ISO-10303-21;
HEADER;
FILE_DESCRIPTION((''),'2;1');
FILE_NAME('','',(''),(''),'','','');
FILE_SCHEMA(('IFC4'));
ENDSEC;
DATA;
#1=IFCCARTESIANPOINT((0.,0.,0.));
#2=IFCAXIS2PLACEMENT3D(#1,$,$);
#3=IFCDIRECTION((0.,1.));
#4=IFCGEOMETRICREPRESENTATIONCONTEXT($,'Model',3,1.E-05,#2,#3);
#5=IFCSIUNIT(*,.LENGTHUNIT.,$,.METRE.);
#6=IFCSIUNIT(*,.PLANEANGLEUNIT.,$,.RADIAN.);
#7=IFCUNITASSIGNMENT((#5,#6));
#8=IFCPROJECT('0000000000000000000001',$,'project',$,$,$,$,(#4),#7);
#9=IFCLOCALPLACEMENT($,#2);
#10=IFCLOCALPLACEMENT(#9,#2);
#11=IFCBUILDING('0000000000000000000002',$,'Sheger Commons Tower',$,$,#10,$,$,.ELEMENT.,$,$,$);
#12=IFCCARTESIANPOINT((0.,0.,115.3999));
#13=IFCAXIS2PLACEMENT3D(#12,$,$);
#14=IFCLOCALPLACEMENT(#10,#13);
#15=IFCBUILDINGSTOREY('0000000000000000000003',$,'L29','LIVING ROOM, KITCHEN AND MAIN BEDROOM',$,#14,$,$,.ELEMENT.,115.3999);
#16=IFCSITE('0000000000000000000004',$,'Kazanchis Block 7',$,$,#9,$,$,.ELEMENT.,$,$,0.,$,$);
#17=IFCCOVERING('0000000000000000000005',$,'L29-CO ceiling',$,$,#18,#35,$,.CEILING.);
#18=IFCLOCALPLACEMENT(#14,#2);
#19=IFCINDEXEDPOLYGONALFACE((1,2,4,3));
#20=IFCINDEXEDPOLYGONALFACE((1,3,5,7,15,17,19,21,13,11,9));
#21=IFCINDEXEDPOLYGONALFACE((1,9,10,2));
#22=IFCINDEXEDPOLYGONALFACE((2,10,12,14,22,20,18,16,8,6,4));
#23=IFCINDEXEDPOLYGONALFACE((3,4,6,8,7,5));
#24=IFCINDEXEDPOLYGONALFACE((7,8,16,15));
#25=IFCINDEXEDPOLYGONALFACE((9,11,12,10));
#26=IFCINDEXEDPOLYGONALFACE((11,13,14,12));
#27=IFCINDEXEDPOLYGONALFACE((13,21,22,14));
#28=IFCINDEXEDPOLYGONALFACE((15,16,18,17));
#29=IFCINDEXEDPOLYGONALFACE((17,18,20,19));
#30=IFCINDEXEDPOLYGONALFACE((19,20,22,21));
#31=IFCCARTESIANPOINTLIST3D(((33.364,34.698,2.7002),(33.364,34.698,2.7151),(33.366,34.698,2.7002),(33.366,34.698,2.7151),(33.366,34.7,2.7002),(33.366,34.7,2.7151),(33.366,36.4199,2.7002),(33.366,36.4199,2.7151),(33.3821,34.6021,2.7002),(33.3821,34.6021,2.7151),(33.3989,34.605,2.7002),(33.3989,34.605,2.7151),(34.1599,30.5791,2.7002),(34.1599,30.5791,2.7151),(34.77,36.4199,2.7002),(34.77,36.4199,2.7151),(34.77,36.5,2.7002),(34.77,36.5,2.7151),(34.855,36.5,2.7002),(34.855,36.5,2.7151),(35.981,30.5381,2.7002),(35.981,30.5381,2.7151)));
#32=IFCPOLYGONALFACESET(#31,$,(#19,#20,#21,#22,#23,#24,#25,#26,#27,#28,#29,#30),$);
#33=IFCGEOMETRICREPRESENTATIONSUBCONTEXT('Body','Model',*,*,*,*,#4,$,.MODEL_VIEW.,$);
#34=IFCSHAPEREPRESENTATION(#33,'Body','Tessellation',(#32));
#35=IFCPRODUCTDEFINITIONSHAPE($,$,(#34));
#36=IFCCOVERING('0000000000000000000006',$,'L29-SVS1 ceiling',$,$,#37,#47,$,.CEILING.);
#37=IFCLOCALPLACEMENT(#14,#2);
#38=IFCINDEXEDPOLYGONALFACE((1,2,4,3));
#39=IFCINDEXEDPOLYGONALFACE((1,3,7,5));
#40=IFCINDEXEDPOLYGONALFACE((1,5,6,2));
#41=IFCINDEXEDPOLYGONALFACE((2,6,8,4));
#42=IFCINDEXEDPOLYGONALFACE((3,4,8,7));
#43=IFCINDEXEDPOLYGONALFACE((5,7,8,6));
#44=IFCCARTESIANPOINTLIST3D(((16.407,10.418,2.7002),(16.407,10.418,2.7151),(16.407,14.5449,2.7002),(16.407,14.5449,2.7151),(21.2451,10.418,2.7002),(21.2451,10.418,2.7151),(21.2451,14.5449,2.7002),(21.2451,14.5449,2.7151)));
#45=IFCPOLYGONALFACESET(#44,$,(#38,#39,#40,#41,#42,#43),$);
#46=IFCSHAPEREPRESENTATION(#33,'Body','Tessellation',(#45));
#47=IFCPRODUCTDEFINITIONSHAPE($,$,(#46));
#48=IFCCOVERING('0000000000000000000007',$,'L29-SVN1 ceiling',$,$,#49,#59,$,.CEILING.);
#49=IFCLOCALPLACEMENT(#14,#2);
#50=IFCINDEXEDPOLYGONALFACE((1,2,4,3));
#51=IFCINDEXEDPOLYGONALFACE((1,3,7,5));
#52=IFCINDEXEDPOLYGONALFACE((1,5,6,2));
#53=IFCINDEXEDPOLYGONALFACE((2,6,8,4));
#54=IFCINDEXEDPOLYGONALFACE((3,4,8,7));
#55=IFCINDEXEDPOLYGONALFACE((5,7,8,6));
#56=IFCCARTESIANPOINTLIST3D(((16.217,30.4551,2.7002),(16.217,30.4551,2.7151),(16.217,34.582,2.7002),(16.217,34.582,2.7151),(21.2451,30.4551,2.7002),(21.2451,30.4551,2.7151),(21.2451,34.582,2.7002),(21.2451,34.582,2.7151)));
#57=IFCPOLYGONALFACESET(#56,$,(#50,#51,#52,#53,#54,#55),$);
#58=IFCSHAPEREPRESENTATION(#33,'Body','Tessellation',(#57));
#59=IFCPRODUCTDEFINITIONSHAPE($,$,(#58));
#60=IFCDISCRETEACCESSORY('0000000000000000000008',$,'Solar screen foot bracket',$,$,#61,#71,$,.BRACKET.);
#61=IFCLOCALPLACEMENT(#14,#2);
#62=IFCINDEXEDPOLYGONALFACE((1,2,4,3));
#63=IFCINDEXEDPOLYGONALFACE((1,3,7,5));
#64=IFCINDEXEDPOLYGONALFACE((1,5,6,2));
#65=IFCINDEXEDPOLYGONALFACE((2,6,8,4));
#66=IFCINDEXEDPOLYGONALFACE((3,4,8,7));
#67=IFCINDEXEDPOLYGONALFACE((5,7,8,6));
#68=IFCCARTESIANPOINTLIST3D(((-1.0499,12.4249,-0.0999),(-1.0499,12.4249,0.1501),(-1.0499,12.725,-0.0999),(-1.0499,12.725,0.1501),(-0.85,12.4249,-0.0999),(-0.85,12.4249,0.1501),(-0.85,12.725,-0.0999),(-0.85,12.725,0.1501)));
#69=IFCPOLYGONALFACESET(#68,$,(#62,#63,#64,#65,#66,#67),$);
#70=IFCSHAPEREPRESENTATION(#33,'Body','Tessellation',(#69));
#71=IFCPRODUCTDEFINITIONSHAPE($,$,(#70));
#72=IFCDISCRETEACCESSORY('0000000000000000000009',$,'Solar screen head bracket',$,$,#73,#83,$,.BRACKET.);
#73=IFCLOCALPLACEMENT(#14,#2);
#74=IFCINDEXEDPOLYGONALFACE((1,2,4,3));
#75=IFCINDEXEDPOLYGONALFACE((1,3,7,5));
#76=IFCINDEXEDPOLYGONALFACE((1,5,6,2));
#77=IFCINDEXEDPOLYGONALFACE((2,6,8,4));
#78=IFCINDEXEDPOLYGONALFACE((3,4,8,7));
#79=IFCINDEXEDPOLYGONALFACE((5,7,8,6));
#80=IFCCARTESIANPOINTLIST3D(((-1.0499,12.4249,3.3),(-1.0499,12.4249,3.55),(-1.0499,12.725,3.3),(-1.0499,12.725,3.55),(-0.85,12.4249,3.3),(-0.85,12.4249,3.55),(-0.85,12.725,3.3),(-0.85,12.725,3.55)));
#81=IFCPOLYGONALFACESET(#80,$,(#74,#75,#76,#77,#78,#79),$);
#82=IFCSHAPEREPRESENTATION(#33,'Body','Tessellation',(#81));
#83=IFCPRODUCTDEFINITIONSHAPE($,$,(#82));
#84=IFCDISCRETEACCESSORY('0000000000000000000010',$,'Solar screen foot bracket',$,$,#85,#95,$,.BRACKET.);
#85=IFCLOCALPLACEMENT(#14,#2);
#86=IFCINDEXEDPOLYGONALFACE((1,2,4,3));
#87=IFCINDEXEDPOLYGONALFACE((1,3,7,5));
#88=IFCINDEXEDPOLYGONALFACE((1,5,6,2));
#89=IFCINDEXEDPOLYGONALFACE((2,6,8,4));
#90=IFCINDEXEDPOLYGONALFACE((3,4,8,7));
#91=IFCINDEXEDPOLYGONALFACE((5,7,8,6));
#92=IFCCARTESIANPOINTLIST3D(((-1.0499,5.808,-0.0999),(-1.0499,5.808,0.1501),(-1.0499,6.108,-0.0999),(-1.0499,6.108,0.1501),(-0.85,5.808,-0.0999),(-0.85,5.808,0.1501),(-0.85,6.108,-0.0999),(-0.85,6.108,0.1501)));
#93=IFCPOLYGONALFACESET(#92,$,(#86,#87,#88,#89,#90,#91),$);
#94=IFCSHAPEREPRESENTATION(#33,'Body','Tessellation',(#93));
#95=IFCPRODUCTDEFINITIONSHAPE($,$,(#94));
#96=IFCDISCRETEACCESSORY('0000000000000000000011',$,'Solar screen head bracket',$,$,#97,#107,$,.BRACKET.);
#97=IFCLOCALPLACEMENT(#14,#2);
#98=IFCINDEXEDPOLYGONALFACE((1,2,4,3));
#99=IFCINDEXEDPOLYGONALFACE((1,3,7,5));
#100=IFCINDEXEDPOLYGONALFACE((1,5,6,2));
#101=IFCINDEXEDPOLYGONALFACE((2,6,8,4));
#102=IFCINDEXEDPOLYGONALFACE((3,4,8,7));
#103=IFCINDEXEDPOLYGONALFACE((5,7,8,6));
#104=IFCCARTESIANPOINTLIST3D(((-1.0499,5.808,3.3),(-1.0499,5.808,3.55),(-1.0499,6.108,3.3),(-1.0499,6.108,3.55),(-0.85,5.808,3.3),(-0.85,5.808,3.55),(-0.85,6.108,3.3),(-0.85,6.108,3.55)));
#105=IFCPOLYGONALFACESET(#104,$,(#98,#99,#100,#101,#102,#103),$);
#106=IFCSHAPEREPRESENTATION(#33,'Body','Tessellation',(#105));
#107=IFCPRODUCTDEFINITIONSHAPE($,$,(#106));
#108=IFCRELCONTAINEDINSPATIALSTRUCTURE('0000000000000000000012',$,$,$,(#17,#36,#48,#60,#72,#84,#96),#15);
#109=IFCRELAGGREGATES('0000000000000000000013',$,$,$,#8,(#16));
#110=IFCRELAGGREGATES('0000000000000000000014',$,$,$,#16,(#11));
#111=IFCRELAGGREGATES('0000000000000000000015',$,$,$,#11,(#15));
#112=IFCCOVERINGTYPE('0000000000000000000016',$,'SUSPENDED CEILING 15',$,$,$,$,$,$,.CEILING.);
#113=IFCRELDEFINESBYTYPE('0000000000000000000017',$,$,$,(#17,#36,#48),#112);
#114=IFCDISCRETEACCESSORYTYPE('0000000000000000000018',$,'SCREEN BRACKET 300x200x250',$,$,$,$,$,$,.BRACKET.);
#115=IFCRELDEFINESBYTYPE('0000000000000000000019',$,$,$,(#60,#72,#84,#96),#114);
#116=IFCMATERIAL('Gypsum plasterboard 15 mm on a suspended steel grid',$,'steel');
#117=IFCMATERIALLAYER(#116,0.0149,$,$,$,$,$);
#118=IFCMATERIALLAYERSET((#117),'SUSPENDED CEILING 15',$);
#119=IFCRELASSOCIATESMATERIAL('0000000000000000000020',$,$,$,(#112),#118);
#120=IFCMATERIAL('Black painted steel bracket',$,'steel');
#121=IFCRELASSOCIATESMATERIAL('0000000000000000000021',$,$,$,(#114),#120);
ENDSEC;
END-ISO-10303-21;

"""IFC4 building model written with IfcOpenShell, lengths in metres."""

from ifc_helpers import new_model, si_unit, direction, frame, origin, origin_2d, place, context, subcontext, project, spatial, polyline, rectangle, outline, extrude, material, layer, layer_set, type_object, element, save


model = new_model("IFC4")

# Units and contexts
model_context = context("Model", 3, precision=1e-05, world=origin(), true_north=direction((0.0, 1.0)))
body_context = subcontext(model_context, "Body", "Model", "MODEL_VIEW")
ifc_project = project(units=[si_unit("LENGTHUNIT", "METRE"), si_unit("PLANEANGLEUNIT", "RADIAN")], contexts=[model_context])

# Site, building, storey
site_placement = place(None, origin())
site = spatial("IfcSite", under=ifc_project, at=site_placement, Name="Kazanchis Block 7", CompositionType="ELEMENT", RefElevation=0.0)
building_placement = place(site_placement, origin())
building = spatial("IfcBuilding", under=site, at=building_placement, Name="Sheger Commons Tower", CompositionType="ELEMENT")
storey_placement = place(building_placement, frame((0.0, 0.0, 115.3999)))
storey = spatial("IfcBuildingStorey", under=building, at=storey_placement, Name="L29", Description="LIVING ROOM, KITCHEN AND MAIN BEDROOM", CompositionType="ELEMENT", Elevation=115.3999)

# Coverings
ifc_material_1 = material(Name="Gypsum plasterboard 15 mm on a suspended steel grid", Category="steel")
ifc_layer_1 = layer(ifc_material_1, 0.0149)
ifc_layer_set_1 = layer_set([ifc_layer_1], Name="SUSPENDED CEILING 15")
covering_type_1 = type_object("IfcCoveringType", Name="SUSPENDED CEILING 15", PredefinedType="CEILING", material=ifc_layer_set_1)
covering_1_placement = place(storey_placement, frame((0.0, 0.0, 2.7002)))
element("IfcCovering", 1, at=covering_1_placement, inside=storey, type_object=covering_type_1, Name="L29-CO ceiling", PredefinedType="CEILING", context=body_context, shape_type="SweptSolid", body=[
    extrude(outline(polyline([(35.981, 30.5381), (34.855, 36.5), (34.77, 36.5), (34.77, 36.4199), (33.366, 36.4199), (33.366, 34.7), (33.366, 34.698), (33.364, 34.698), (33.3821, 34.6021), (33.3989, 34.605), (34.1599, 30.5791), (35.981, 30.5381)])), origin(), (0.0, 0.0, 1.0), 0.0149),
])
covering_2_placement = place(storey_placement, frame((0.0, 0.0, 2.7002)))
element("IfcCovering", 2, at=covering_2_placement, inside=storey, type_object=covering_type_1, Name="L29-SVS1 ceiling", PredefinedType="CEILING", context=body_context, shape_type="SweptSolid", body=[
    extrude(outline(polyline([(16.407, 10.418), (21.2451, 10.418), (21.2451, 14.5449), (16.407, 14.5449), (16.407, 10.418)])), origin(), (0.0, 0.0, 1.0), 0.0149),
])
covering_3_placement = place(storey_placement, frame((0.0, 0.0, 2.7002)))
element("IfcCovering", 3, at=covering_3_placement, inside=storey, type_object=covering_type_1, Name="L29-SVN1 ceiling", PredefinedType="CEILING", context=body_context, shape_type="SweptSolid", body=[
    extrude(outline(polyline([(16.217, 30.4551), (21.2451, 30.4551), (21.2451, 34.582), (16.217, 34.582), (16.217, 30.4551)])), origin(), (0.0, 0.0, 1.0), 0.0149),
])

# Discrete accessories
ifc_material_2 = material(Name="Black painted steel bracket", Category="steel")
discrete_accessory_type = type_object("IfcDiscreteAccessoryType", Name="SCREEN BRACKET 300x200x250", PredefinedType="BRACKET", material=ifc_material_2)
for number, where, z_axis, x_axis, name in (
    (4, (-0.95, 12.575, -0.0999), (0.0, 0.0, 1.0), (0.0, -1.0, 0.0), "Solar screen foot bracket"),
    (5, (-0.95, 12.575, 3.3), (0.0, 0.0, 1.0), (0.0, -1.0, 0.0), "Solar screen head bracket"),
    (6, (-0.95, 5.958, -0.0999), (0.0, 0.0, 1.0), (0.0, -1.0, 0.0), "Solar screen foot bracket"),
    (7, (-0.95, 5.958, 3.3), (0.0, 0.0, 1.0), (0.0, -1.0, 0.0), "Solar screen head bracket"),
):
    element("IfcDiscreteAccessory", number, at=place(storey_placement, frame(where, z_axis=z_axis, x_axis=x_axis)), inside=storey, type_object=discrete_accessory_type, Name=name, PredefinedType="BRACKET", context=body_context, shape_type="SweptSolid", body=[
        extrude(rectangle(XDim=0.3, YDim=0.2, at=origin_2d()), origin(), (0.0, 0.0, 1.0), 0.25),
    ])

save(model, "model.ifc")
